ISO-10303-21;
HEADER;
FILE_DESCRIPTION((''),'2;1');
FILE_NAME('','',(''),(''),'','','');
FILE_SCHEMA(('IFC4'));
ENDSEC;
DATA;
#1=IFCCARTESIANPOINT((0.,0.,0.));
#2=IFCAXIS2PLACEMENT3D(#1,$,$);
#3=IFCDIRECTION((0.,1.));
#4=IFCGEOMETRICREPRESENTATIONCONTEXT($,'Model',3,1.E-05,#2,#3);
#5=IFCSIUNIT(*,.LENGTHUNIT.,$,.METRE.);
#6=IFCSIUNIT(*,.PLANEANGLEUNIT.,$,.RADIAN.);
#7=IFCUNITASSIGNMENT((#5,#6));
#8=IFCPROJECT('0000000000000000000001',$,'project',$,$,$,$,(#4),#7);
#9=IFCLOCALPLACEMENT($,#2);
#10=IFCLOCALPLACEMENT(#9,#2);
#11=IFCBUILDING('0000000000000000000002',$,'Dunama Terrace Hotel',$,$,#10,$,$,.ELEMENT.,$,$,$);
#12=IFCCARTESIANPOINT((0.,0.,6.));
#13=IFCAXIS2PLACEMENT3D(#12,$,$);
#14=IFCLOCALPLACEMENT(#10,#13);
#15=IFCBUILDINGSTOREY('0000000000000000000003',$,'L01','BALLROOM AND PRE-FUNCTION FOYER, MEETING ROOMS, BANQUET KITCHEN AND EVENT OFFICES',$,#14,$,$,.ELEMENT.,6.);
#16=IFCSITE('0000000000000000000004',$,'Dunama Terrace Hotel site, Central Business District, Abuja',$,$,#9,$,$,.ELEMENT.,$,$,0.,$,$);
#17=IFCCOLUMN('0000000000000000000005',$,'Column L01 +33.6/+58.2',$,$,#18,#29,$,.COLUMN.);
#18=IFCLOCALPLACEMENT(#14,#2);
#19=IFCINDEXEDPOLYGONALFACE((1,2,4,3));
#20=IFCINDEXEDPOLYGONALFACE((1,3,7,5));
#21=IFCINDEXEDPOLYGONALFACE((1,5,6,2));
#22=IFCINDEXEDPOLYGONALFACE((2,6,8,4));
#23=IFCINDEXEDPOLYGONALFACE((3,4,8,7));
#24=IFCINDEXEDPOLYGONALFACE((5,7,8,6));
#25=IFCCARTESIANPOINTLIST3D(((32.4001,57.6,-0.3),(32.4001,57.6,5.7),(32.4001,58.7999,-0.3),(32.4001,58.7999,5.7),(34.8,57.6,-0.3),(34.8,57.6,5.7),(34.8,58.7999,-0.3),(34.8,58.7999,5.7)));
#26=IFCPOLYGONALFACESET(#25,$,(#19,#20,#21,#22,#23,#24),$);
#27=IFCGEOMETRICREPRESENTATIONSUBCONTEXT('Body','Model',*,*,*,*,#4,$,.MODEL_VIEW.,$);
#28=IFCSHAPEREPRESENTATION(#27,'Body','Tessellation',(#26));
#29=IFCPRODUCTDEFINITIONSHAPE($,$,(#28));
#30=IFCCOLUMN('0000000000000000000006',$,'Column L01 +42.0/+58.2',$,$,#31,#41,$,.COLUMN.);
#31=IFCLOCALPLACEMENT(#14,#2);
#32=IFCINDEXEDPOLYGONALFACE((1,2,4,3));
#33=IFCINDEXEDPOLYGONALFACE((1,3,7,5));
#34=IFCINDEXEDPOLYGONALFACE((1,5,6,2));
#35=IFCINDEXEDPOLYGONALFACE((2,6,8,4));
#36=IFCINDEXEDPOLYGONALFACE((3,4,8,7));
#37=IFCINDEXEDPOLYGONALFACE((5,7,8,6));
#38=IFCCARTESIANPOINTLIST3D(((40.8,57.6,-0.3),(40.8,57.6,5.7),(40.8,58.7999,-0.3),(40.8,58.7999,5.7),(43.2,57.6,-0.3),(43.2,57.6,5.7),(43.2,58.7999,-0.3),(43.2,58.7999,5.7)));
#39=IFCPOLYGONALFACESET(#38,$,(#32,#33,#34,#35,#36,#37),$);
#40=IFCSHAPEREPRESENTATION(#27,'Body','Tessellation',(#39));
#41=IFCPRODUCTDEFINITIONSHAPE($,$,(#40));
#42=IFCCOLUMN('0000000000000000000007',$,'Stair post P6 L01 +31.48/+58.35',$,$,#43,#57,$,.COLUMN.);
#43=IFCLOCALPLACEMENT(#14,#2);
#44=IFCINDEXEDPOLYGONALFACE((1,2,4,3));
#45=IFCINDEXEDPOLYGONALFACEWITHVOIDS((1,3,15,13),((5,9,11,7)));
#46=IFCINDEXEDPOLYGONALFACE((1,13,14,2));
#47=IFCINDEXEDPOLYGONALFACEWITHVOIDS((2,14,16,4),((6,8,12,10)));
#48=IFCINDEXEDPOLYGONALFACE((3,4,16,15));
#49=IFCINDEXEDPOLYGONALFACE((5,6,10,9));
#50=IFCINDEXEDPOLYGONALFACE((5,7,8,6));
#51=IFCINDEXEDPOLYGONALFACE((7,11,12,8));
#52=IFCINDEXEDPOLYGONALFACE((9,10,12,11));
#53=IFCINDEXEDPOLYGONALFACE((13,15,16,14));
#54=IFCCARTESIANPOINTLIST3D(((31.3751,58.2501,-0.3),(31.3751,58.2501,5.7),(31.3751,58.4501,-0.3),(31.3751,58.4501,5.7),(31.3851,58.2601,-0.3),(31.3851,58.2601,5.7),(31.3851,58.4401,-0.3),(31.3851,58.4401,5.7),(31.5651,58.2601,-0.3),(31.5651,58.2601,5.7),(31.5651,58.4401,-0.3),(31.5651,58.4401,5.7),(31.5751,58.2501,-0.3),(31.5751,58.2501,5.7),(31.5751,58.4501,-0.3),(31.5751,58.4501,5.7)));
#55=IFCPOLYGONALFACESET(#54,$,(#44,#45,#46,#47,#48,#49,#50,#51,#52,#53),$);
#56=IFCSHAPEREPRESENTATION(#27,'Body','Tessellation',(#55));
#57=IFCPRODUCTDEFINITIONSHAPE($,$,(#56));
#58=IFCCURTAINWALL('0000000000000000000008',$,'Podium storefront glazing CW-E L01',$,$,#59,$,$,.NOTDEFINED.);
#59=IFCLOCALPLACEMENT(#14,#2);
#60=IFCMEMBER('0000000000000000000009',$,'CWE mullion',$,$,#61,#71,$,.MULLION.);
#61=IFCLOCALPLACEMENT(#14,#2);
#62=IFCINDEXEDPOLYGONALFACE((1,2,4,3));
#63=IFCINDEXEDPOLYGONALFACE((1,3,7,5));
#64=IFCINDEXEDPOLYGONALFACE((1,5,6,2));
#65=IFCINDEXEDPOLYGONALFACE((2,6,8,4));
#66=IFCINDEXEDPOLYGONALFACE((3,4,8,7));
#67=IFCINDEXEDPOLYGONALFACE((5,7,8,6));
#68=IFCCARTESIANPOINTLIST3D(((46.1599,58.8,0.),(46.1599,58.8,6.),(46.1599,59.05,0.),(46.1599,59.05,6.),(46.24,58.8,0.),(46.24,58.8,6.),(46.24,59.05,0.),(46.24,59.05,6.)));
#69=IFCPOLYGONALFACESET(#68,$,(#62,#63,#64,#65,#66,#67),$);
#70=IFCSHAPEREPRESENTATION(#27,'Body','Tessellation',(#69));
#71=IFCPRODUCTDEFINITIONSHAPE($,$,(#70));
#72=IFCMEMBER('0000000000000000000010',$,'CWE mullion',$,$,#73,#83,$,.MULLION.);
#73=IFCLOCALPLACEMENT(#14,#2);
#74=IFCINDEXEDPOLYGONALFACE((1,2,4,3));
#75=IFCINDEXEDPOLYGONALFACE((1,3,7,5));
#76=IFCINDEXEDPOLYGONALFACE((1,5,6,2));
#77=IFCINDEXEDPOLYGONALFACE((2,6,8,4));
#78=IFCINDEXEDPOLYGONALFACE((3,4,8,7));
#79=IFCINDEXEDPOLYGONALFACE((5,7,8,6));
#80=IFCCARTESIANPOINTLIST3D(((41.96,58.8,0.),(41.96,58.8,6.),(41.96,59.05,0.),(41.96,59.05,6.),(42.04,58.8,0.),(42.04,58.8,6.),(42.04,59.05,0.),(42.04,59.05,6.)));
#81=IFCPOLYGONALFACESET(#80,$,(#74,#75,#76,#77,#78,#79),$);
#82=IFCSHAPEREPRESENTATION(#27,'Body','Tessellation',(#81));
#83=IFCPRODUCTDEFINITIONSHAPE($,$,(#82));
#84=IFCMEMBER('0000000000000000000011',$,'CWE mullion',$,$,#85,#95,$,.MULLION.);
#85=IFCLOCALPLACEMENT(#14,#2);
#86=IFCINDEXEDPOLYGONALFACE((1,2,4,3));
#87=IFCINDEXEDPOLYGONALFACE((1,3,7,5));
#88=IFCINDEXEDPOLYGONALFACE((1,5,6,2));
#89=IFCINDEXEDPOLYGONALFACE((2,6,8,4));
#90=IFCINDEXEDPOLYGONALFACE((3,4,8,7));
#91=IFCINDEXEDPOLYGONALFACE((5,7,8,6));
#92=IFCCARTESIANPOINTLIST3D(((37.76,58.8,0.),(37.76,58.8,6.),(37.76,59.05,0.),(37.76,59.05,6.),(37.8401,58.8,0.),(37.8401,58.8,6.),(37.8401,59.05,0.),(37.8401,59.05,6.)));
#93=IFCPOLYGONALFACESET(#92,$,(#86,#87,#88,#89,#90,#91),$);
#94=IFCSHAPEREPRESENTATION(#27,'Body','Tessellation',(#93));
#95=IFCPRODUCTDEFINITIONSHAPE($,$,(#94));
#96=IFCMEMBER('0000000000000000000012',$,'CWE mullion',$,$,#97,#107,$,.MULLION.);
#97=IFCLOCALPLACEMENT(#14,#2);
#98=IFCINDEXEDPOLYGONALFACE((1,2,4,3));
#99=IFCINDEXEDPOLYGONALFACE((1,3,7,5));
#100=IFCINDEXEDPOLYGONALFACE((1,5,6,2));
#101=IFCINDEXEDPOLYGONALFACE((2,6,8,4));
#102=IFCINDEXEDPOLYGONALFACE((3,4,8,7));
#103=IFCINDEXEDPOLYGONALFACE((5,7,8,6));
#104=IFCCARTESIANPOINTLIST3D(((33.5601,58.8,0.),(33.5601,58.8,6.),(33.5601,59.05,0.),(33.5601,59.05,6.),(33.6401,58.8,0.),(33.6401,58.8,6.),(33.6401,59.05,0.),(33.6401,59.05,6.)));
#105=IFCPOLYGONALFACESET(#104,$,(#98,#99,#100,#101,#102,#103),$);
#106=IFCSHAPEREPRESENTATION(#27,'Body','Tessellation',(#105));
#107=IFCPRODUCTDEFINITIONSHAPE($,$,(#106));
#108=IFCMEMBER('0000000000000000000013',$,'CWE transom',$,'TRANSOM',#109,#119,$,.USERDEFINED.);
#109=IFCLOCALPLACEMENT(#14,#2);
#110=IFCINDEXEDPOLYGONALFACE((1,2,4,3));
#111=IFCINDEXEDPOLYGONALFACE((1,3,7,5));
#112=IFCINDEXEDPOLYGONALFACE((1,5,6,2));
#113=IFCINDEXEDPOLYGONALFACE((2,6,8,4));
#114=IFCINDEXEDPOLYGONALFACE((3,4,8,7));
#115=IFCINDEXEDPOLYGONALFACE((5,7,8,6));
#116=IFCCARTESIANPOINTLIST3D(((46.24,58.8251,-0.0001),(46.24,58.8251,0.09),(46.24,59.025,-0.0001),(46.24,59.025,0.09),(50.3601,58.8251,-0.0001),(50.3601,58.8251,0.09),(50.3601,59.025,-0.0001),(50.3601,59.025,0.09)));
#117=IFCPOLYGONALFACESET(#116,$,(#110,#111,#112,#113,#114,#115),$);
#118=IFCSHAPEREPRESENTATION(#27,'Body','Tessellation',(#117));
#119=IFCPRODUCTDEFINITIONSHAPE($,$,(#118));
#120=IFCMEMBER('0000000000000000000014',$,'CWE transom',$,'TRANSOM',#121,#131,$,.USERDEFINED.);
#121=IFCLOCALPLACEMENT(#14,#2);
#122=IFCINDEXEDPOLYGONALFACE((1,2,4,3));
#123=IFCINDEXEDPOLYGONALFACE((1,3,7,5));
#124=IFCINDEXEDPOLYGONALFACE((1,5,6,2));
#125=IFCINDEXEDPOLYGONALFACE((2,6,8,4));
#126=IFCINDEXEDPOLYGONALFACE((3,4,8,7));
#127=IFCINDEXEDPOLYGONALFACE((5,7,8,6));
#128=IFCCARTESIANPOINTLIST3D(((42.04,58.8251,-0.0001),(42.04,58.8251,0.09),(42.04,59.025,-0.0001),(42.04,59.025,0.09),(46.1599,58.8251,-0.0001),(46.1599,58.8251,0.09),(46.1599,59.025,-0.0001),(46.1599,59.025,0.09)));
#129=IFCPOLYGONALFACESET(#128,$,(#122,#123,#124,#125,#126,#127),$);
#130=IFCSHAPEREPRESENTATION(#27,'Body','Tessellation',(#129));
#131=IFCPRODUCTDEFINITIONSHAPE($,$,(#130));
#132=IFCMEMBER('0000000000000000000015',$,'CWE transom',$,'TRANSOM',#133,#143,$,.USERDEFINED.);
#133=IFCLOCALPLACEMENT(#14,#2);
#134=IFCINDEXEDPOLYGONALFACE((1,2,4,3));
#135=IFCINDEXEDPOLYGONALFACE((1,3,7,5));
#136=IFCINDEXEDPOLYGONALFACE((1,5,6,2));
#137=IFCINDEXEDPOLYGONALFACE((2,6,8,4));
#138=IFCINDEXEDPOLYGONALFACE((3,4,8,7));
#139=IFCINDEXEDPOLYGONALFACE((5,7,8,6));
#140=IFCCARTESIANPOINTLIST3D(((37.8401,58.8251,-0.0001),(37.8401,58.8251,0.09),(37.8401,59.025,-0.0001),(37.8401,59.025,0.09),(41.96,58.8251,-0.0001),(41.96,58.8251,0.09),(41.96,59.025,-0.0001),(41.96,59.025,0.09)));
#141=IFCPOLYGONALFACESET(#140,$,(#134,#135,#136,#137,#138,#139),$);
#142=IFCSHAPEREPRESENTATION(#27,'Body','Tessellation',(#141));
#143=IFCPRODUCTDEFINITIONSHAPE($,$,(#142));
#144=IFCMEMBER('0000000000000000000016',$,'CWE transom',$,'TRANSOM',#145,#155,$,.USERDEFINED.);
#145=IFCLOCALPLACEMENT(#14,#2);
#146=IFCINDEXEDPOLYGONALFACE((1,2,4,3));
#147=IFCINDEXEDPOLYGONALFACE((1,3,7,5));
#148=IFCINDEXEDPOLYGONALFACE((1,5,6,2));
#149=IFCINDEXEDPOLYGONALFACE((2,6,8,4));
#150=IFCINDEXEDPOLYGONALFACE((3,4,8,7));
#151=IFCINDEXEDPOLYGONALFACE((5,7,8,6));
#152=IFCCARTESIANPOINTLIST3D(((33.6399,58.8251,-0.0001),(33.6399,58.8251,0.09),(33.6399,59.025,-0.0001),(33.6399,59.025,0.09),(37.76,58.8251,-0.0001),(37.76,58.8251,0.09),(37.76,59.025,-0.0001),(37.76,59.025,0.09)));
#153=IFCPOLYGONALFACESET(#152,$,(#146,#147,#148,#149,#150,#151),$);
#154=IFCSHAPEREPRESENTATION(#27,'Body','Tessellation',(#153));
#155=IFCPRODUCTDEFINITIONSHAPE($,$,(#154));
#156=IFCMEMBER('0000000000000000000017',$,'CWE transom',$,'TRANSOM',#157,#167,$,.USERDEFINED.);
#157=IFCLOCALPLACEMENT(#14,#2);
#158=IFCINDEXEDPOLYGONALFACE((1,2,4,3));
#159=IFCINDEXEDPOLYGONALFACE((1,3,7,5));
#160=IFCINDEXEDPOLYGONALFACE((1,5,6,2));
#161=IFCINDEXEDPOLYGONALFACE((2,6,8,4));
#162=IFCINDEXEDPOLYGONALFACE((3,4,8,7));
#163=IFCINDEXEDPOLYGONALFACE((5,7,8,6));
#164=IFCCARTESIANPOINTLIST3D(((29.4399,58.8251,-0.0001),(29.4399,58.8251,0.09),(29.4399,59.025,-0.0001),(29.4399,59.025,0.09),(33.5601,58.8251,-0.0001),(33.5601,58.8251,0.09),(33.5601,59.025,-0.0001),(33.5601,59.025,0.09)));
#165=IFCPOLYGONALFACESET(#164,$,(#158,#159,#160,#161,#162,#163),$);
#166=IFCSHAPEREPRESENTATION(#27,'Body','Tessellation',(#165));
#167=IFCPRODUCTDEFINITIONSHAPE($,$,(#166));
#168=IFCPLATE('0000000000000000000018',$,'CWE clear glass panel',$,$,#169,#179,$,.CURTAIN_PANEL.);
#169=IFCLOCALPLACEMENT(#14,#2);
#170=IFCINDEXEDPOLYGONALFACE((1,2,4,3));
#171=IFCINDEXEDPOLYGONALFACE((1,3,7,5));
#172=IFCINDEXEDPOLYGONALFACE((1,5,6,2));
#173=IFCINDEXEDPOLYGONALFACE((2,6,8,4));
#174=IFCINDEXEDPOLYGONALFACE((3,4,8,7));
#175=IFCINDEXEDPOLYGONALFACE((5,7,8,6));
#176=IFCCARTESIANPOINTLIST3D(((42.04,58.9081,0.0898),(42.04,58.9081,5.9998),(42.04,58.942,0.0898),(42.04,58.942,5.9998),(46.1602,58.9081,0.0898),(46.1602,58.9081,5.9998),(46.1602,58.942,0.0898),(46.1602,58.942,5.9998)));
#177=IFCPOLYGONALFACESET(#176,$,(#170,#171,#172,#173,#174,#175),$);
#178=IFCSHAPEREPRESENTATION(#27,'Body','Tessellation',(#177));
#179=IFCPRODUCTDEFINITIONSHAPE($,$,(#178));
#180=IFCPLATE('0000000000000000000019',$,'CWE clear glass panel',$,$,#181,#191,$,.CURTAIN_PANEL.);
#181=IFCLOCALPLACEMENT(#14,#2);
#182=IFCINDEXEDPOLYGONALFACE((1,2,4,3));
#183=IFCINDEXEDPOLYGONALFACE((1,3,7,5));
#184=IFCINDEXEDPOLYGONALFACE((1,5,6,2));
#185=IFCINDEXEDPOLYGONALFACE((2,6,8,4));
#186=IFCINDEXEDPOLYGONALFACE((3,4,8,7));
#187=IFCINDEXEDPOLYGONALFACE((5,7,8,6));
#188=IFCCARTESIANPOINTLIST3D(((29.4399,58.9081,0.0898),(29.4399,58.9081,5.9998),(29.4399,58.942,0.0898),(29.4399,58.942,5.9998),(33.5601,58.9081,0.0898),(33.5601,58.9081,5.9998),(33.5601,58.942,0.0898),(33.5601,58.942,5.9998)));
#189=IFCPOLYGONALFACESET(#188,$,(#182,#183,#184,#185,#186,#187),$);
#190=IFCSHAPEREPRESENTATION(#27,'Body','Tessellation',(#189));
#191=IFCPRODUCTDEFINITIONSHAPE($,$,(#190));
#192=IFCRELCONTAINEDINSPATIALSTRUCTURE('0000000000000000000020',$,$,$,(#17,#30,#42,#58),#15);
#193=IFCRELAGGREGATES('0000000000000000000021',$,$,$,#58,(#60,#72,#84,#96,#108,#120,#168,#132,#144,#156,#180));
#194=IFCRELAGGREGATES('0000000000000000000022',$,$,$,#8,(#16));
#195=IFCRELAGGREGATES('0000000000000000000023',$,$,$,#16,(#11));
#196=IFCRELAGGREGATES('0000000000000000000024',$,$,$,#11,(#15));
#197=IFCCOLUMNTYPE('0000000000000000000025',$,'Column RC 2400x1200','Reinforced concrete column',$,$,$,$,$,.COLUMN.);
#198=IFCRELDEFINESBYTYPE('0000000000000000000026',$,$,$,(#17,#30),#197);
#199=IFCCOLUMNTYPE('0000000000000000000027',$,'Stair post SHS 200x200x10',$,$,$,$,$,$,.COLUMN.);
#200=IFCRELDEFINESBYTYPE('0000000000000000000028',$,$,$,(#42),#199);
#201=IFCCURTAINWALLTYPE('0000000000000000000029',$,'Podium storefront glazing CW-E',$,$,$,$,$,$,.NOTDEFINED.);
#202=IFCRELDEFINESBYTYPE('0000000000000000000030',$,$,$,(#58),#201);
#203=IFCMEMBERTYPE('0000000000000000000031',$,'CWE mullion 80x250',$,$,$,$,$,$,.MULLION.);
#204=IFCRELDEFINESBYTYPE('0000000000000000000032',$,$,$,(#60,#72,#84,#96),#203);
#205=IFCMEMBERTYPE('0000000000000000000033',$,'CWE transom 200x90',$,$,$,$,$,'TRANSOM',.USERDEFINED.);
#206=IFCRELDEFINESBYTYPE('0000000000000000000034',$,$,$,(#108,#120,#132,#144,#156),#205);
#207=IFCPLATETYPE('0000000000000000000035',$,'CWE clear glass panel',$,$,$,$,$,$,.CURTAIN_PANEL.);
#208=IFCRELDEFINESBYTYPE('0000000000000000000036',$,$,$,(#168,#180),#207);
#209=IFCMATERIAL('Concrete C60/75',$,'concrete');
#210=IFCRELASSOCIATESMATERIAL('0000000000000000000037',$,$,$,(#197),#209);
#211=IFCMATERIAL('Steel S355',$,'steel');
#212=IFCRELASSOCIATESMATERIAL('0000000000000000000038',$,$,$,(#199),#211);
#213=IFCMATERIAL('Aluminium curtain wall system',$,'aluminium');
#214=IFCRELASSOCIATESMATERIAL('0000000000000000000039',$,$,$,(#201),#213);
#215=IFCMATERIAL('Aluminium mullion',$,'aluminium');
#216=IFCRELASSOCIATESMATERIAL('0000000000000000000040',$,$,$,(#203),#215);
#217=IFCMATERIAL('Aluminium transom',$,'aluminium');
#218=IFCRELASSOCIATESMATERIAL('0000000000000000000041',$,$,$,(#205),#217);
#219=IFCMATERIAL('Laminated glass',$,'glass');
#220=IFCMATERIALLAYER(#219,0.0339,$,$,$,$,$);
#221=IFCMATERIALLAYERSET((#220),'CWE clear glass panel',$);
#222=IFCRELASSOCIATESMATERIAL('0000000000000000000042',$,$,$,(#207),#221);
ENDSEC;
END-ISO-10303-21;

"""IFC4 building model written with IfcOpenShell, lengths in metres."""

from ifc_helpers import new_model, si_unit, direction, frame, origin, origin_2d, place, context, subcontext, project, spatial, rectangle, hollow_rectangle, extrude, material, layer, layer_set, material_profile, profile_set, type_object, element, aggregate, save


model = new_model("IFC4")

# Units and contexts
model_context = context("Model", 3, precision=1e-05, world=origin(), true_north=direction((0.0, 1.0)))
body_context = subcontext(model_context, "Body", "Model", "MODEL_VIEW")
ifc_project = project(units=[si_unit("LENGTHUNIT", "METRE"), si_unit("PLANEANGLEUNIT", "RADIAN")], contexts=[model_context])

# Site, building, storey
site_placement = place(None, origin())
site = spatial("IfcSite", under=ifc_project, at=site_placement, Name="Dunama Terrace Hotel site, Central Business District, Abuja", CompositionType="ELEMENT", RefElevation=0.0)
building_placement = place(site_placement, origin())
building = spatial("IfcBuilding", under=site, at=building_placement, Name="Dunama Terrace Hotel", CompositionType="ELEMENT")
storey_placement = place(building_placement, frame((0.0, 0.0, 6.0)))
storey = spatial("IfcBuildingStorey", under=building, at=storey_placement, Name="L01", Description="BALLROOM AND PRE-FUNCTION FOYER, MEETING ROOMS, BANQUET KITCHEN AND EVENT OFFICES", CompositionType="ELEMENT", Elevation=6.0)

# Columns
ifc_material_1 = material(Name="Concrete C60/75", Category="concrete")
ifc_material_profile_1 = material_profile(ifc_material_1, rectangle(XDim=2.3999, YDim=1.2, at=origin_2d()), Name="RC 2400x1200")
ifc_profile_set_1 = profile_set([ifc_material_profile_1], Name="Concrete C60/75")
column_type_1 = type_object("IfcColumnType", Name="Column RC 2400x1200", Description="Reinforced concrete column", PredefinedType="COLUMN", material=ifc_profile_set_1)
for number, where, z_axis, x_axis, name in (
    (1, (33.6001, 58.2, -0.3), (0.0, 0.0, 1.0), (1.0, 0.0, 0.0), "Column L01 +33.6/+58.2"),
    (2, (42.0, 58.2, -0.3), (0.0, 0.0, 1.0), (1.0, 0.0, 0.0), "Column L01 +42.0/+58.2"),
):
    element("IfcColumn", number, at=place(storey_placement, frame(where, z_axis=z_axis, x_axis=x_axis)), inside=storey, type_object=column_type_1, Name=name, PredefinedType="COLUMN", context=body_context, shape_type="SweptSolid", body=[
        extrude(rectangle(XDim=2.3999, YDim=1.2, at=origin_2d()), origin(), (0.0, 0.0, 1.0), 6.0),
    ])
ifc_material_2 = material(Name="Steel S355", Category="steel")
ifc_material_profile_2 = material_profile(ifc_material_2, hollow_rectangle(XDim=0.2, YDim=0.2, WallThickness=0.01, at=origin_2d()), Name="SHS 200x200x10")
ifc_profile_set_2 = profile_set([ifc_material_profile_2], Name="Steel S355")
column_type_2 = type_object("IfcColumnType", Name="Stair post SHS 200x200x10", PredefinedType="COLUMN", material=ifc_profile_set_2)
column_placement = place(storey_placement, frame((31.4751, 58.3501, -0.3), z_axis=(0.0, 0.0, 1.0), x_axis=(1.0, 0.0, 0.0)))
element("IfcColumn", 3, at=column_placement, inside=storey, type_object=column_type_2, Name="Stair post P6 L01 +31.48/+58.35", PredefinedType="COLUMN", context=body_context, shape_type="SweptSolid", body=[
    extrude(hollow_rectangle(XDim=0.2, YDim=0.2, WallThickness=0.01, at=origin_2d()), origin(), (0.0, 0.0, 1.0), 6.0),
])

# Curtain wall, members, plates
ifc_material_3 = material(Name="Aluminium curtain wall system", Category="aluminium")
curtain_wall_type = type_object("IfcCurtainWallType", Name="Podium storefront glazing CW-E", PredefinedType="NOTDEFINED", material=ifc_material_3)
curtain_wall_placement = place(storey_placement, origin())
curtain_wall = element("IfcCurtainWall", 4, at=curtain_wall_placement, inside=storey, type_object=curtain_wall_type, Name="Podium storefront glazing CW-E L01", PredefinedType="NOTDEFINED")
ifc_material_4 = material(Name="Aluminium mullion", Category="aluminium")
ifc_material_profile_3 = material_profile(ifc_material_4, rectangle(XDim=0.0801, YDim=0.25, at=origin_2d()), Name="CWE MULLION 80X250")
ifc_profile_set_3 = profile_set([ifc_material_profile_3], Name="Aluminium mullion")
member_type_1 = type_object("IfcMemberType", Name="CWE mullion 80x250", PredefinedType="MULLION", material=ifc_profile_set_3)
member_1_placement = place(storey_placement, frame((46.2, 58.925, 0.0), z_axis=(0.0, 0.0, 1.0), x_axis=(-1.0, 0.0, 0.0)))
member_1 = element("IfcMember", 5, at=member_1_placement, type_object=member_type_1, Name="CWE mullion", PredefinedType="MULLION", context=body_context, shape_type="SweptSolid", body=[
    extrude(rectangle(XDim=0.0801, YDim=0.25, at=origin_2d()), origin(), (0.0, 0.0, 1.0), 6.0),
])
member_2_placement = place(storey_placement, frame((42.0, 58.925, 0.0), z_axis=(0.0, 0.0, 1.0), x_axis=(-1.0, 0.0, 0.0)))
member_2 = element("IfcMember", 6, at=member_2_placement, type_object=member_type_1, Name="CWE mullion", PredefinedType="MULLION", context=body_context, shape_type="SweptSolid", body=[
    extrude(rectangle(XDim=0.0801, YDim=0.25, at=origin_2d()), origin(), (0.0, 0.0, 1.0), 6.0),
])
member_3_placement = place(storey_placement, frame((37.8, 58.925, 0.0), z_axis=(0.0, 0.0, 1.0), x_axis=(-1.0, 0.0, 0.0)))
member_3 = element("IfcMember", 7, at=member_3_placement, type_object=member_type_1, Name="CWE mullion", PredefinedType="MULLION", context=body_context, shape_type="SweptSolid", body=[
    extrude(rectangle(XDim=0.0801, YDim=0.25, at=origin_2d()), origin(), (0.0, 0.0, 1.0), 6.0),
])
member_4_placement = place(storey_placement, frame((33.6001, 58.925, 0.0), z_axis=(0.0, 0.0, 1.0), x_axis=(-1.0, 0.0, 0.0)))
member_4 = element("IfcMember", 8, at=member_4_placement, type_object=member_type_1, Name="CWE mullion", PredefinedType="MULLION", context=body_context, shape_type="SweptSolid", body=[
    extrude(rectangle(XDim=0.0801, YDim=0.25, at=origin_2d()), origin(), (0.0, 0.0, 1.0), 6.0),
])
ifc_material_5 = material(Name="Aluminium transom", Category="aluminium")
ifc_material_profile_4 = material_profile(ifc_material_5, rectangle(XDim=0.2, YDim=0.0901, at=origin_2d()), Name="CWE TRANSOM 200X90")
ifc_profile_set_4 = profile_set([ifc_material_profile_4], Name="Aluminium transom")
member_type_2 = type_object("IfcMemberType", Name="CWE transom 200x90", ElementType="TRANSOM", PredefinedType="USERDEFINED", material=ifc_profile_set_4)
member_5_placement = place(storey_placement, frame((50.3601, 58.925, 0.0449), z_axis=(-1.0, 0.0, 0.0), x_axis=(0.0, -1.0, 0.0)))
member_5 = element("IfcMember", 9, at=member_5_placement, type_object=member_type_2, Name="CWE transom", ObjectType="TRANSOM", PredefinedType="USERDEFINED", context=body_context, shape_type="SweptSolid", body=[
    extrude(rectangle(XDim=0.2, YDim=0.0901, at=origin_2d()), origin(), (0.0, 0.0, 1.0), 4.1201),
])
member_6_placement = place(storey_placement, frame((46.1599, 58.925, 0.0449), z_axis=(-1.0, 0.0, 0.0), x_axis=(0.0, -1.0, 0.0)))
member_6 = element("IfcMember", 10, at=member_6_placement, type_object=member_type_2, Name="CWE transom", ObjectType="TRANSOM", PredefinedType="USERDEFINED", context=body_context, shape_type="SweptSolid", body=[
    extrude(rectangle(XDim=0.2, YDim=0.0901, at=origin_2d()), origin(), (0.0, 0.0, 1.0), 4.1199),
])
member_7_placement = place(storey_placement, frame((41.96, 58.925, 0.0449), z_axis=(-1.0, 0.0, 0.0), x_axis=(0.0, -1.0, 0.0)))
member_7 = element("IfcMember", 11, at=member_7_placement, type_object=member_type_2, Name="CWE transom", ObjectType="TRANSOM", PredefinedType="USERDEFINED", context=body_context, shape_type="SweptSolid", body=[
    extrude(rectangle(XDim=0.2, YDim=0.0901, at=origin_2d()), origin(), (0.0, 0.0, 1.0), 4.1199),
])
member_8_placement = place(storey_placement, frame((37.76, 58.925, 0.0449), z_axis=(-1.0, 0.0, 0.0), x_axis=(0.0, -1.0, 0.0)))
member_8 = element("IfcMember", 12, at=member_8_placement, type_object=member_type_2, Name="CWE transom", ObjectType="TRANSOM", PredefinedType="USERDEFINED", context=body_context, shape_type="SweptSolid", body=[
    extrude(rectangle(XDim=0.2, YDim=0.0901, at=origin_2d()), origin(), (0.0, 0.0, 1.0), 4.1201),
])
member_9_placement = place(storey_placement, frame((33.5601, 58.925, 0.0449), z_axis=(-1.0, 0.0, 0.0), x_axis=(0.0, -1.0, 0.0)))
member_9 = element("IfcMember", 13, at=member_9_placement, type_object=member_type_2, Name="CWE transom", ObjectType="TRANSOM", PredefinedType="USERDEFINED", context=body_context, shape_type="SweptSolid", body=[
    extrude(rectangle(XDim=0.2, YDim=0.0901, at=origin_2d()), origin(), (0.0, 0.0, 1.0), 4.1201),
])
ifc_material_6 = material(Name="Laminated glass", Category="glass")
ifc_layer_1 = layer(ifc_material_6, 0.0339)
ifc_layer_set_1 = layer_set([ifc_layer_1], Name="CWE clear glass panel")
plate_type_1 = type_object("IfcPlateType", Name="CWE clear glass panel", PredefinedType="CURTAIN_PANEL", material=ifc_layer_set_1)
plate_1_placement = place(storey_placement, frame((44.1001, 58.925, 0.0898), z_axis=(0.0, 0.0, 1.0), x_axis=(-1.0, 0.0, 0.0)))
plate_1 = element("IfcPlate", 14, at=plate_1_placement, type_object=plate_type_1, Name="CWE clear glass panel", PredefinedType="CURTAIN_PANEL", context=body_context, shape_type="SweptSolid", body=[
    extrude(rectangle(XDim=4.1201, YDim=0.0339, at=origin_2d()), origin(), (0.0, 0.0, 1.0), 5.9099),
])
plate_2_placement = place(storey_placement, frame((31.5, 58.925, 0.0898), z_axis=(0.0, 0.0, 1.0), x_axis=(-1.0, 0.0, 0.0)))
plate_2 = element("IfcPlate", 15, at=plate_2_placement, type_object=plate_type_1, Name="CWE clear glass panel", PredefinedType="CURTAIN_PANEL", context=body_context, shape_type="SweptSolid", body=[
    extrude(rectangle(XDim=4.1201, YDim=0.0339, at=origin_2d()), origin(), (0.0, 0.0, 1.0), 5.9099),
])
aggregate(curtain_wall, [member_1, member_2, member_3, member_4, member_5, member_6, plate_1, member_7, member_8, member_9, plate_2])

save(model, "model.ifc")
